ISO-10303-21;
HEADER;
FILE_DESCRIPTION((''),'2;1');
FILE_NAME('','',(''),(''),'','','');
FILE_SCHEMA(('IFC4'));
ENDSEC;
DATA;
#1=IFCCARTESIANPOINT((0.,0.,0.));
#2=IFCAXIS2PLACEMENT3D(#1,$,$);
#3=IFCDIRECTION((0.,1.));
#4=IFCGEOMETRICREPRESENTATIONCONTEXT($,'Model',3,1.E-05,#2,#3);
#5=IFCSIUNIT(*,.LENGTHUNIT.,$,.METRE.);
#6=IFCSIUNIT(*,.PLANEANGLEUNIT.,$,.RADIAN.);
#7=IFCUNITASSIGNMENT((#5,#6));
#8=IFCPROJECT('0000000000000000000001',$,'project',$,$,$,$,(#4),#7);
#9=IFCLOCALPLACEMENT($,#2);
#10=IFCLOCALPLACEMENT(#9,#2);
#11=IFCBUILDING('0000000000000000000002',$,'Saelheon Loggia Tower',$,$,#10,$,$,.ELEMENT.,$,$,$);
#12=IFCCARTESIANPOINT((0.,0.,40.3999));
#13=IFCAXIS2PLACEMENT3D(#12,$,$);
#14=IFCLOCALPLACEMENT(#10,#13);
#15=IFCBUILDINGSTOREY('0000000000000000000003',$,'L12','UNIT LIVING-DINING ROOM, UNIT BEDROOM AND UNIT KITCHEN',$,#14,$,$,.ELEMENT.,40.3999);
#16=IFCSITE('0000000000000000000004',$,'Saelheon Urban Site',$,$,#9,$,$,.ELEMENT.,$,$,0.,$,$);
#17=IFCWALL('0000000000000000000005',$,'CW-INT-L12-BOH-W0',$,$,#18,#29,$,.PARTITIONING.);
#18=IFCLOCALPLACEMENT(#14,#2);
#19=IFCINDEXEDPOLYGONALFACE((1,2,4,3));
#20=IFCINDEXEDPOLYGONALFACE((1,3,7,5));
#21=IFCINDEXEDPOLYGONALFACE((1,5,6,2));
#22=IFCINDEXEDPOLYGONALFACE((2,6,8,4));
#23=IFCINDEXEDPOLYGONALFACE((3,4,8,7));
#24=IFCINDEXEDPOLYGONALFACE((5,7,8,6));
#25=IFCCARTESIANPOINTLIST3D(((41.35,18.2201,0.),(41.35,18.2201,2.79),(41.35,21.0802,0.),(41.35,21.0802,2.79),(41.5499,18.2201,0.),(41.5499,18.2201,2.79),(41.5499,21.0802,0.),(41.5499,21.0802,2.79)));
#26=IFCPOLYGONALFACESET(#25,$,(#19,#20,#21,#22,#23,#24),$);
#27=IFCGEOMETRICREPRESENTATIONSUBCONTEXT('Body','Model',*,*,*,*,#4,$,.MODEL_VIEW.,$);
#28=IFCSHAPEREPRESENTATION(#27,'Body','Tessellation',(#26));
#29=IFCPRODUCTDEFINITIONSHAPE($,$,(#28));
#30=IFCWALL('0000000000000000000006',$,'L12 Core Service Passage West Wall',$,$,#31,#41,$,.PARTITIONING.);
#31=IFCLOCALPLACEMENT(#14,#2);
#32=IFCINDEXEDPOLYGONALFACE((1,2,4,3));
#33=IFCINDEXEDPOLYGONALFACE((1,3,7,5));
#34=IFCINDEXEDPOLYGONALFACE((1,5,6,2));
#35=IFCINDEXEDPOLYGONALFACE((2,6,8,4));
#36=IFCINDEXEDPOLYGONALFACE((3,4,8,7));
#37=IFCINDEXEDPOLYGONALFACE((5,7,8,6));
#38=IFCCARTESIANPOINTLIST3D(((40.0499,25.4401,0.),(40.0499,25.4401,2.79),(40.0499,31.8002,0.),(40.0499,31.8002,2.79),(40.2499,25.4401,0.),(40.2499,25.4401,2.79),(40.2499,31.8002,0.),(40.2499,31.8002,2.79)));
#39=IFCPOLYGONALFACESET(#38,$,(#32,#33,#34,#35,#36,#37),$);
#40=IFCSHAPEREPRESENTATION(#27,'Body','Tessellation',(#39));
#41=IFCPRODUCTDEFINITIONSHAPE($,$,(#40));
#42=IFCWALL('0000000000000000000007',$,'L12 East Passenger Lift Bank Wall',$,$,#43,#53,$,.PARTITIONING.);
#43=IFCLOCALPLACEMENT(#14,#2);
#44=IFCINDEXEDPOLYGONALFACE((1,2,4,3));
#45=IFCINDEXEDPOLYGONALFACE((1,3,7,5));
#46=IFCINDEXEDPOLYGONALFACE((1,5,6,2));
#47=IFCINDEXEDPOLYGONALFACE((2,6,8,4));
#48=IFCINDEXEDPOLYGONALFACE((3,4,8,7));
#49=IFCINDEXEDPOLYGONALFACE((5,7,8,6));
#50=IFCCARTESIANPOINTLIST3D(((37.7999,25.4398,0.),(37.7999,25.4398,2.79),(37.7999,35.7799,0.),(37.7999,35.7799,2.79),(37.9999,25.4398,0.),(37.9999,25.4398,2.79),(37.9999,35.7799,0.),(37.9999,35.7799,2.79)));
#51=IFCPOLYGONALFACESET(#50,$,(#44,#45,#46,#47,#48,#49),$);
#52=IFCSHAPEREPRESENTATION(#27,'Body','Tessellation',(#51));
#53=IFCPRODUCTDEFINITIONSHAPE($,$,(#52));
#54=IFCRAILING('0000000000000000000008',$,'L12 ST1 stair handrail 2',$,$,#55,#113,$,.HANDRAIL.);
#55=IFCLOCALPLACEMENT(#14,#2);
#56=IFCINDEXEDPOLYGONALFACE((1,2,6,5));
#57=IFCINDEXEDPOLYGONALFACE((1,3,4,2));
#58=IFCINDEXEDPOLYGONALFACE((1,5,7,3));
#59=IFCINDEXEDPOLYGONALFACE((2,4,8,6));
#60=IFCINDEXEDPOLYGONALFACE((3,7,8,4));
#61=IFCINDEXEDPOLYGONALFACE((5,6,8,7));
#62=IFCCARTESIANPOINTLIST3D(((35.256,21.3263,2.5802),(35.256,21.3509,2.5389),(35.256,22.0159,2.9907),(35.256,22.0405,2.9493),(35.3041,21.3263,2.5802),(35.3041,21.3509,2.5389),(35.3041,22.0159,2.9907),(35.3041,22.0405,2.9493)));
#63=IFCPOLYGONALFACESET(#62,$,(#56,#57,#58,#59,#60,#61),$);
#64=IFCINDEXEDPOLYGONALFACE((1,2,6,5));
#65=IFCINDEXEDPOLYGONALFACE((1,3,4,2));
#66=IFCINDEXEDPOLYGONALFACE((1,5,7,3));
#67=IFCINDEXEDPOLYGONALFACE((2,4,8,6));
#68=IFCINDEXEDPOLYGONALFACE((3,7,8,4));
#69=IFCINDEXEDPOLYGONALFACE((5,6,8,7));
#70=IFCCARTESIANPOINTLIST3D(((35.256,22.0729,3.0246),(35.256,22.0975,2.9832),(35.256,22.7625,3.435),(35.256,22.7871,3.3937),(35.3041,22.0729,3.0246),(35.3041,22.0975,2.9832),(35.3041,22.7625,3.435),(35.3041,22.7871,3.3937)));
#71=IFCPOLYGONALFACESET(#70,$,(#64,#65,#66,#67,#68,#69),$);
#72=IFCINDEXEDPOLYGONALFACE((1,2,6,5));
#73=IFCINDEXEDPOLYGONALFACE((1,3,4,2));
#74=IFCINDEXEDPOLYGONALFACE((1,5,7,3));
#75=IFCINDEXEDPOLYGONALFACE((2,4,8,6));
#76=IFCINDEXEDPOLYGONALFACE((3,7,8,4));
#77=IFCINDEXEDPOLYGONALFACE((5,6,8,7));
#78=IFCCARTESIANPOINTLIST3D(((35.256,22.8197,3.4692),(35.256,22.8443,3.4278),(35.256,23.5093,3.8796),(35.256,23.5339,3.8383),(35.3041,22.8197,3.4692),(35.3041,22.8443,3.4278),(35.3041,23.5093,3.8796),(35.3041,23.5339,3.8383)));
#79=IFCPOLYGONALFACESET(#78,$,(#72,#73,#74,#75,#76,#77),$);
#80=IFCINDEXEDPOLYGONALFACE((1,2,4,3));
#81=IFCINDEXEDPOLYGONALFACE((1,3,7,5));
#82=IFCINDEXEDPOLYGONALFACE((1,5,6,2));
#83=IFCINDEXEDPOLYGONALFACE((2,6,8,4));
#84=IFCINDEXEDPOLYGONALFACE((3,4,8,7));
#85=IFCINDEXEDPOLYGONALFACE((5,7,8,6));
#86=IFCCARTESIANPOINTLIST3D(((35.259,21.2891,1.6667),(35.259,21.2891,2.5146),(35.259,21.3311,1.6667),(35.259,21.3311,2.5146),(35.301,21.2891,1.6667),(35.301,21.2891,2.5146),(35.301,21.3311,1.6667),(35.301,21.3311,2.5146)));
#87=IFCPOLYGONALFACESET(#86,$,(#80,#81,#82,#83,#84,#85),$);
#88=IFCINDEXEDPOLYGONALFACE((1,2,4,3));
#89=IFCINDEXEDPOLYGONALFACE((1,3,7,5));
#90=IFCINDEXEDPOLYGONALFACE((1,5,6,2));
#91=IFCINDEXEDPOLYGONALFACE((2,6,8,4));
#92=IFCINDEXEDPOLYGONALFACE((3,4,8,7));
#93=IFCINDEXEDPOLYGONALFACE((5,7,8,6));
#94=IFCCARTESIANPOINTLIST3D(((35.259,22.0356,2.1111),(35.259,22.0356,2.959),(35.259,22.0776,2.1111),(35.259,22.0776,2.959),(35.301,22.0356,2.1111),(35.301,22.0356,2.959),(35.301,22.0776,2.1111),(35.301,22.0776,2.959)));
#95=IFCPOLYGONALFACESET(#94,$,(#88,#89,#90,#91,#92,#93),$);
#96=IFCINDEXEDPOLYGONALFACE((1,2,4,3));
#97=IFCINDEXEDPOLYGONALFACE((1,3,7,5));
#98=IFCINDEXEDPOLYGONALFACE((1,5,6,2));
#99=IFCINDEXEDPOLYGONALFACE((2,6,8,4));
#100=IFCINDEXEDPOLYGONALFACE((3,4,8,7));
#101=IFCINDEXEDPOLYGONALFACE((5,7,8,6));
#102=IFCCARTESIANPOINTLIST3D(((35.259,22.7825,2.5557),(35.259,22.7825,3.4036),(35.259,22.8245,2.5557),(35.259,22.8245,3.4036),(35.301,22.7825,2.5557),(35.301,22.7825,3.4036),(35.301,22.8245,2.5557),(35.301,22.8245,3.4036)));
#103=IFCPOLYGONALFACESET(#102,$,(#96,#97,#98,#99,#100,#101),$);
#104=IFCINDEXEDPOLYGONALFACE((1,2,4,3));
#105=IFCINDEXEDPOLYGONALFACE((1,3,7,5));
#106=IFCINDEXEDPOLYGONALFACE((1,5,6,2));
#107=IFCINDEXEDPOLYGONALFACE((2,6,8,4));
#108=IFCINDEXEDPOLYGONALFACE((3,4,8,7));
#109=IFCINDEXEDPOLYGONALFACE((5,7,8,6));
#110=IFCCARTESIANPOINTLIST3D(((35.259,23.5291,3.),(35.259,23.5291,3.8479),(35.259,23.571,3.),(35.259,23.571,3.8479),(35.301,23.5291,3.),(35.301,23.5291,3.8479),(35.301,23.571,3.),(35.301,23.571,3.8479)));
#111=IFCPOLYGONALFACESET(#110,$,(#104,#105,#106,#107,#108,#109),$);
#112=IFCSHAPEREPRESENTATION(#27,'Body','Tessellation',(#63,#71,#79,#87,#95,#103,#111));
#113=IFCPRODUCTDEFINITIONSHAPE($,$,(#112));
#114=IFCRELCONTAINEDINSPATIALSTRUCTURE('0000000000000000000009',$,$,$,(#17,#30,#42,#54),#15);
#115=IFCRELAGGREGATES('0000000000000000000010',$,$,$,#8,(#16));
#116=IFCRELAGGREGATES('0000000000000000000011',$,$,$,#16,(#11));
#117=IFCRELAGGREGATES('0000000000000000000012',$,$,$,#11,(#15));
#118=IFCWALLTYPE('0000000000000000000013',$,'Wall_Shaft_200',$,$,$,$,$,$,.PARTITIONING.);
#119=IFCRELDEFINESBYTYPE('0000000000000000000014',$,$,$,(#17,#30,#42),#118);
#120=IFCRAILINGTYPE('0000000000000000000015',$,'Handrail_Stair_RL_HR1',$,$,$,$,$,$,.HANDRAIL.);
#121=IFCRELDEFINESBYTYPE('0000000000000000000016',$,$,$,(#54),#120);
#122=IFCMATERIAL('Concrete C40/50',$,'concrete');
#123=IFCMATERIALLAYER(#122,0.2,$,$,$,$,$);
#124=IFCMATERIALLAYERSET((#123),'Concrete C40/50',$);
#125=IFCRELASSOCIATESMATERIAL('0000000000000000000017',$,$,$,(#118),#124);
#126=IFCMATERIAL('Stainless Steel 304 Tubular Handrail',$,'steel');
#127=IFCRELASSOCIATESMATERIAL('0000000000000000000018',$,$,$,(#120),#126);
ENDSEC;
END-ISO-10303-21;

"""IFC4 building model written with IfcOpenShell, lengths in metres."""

from ifc_helpers import new_model, si_unit, direction, frame, frame_2d, origin, origin_2d, place, context, subcontext, project, spatial, rectangle, extrude, material, layer, layer_set, type_object, element, save


model = new_model("IFC4")

# Units and contexts
model_context = context("Model", 3, precision=1e-05, world=origin(), true_north=direction((0.0, 1.0)))
body_context = subcontext(model_context, "Body", "Model", "MODEL_VIEW")
ifc_project = project(units=[si_unit("LENGTHUNIT", "METRE"), si_unit("PLANEANGLEUNIT", "RADIAN")], contexts=[model_context])

# Site, building, storey
site_placement = place(None, origin())
site = spatial("IfcSite", under=ifc_project, at=site_placement, Name="Saelheon Urban Site", CompositionType="ELEMENT", RefElevation=0.0)
building_placement = place(site_placement, origin())
building = spatial("IfcBuilding", under=site, at=building_placement, Name="Saelheon Loggia Tower", CompositionType="ELEMENT")
storey_placement = place(building_placement, frame((0.0, 0.0, 40.3999)))
storey = spatial("IfcBuildingStorey", under=building, at=storey_placement, Name="L12", Description="UNIT LIVING-DINING ROOM, UNIT BEDROOM AND UNIT KITCHEN", CompositionType="ELEMENT", Elevation=40.3999)

# Walls
ifc_material_1 = material(Name="Concrete C40/50", Category="concrete")
ifc_layer_1 = layer(ifc_material_1, 0.2)
ifc_layer_set_1 = layer_set([ifc_layer_1], Name="Concrete C40/50")
wall_type_1 = type_object("IfcWallType", Name="Wall_Shaft_200", PredefinedType="PARTITIONING", material=ifc_layer_set_1)
wall_1_placement = place(storey_placement, frame((41.45, 18.22, 0.0), z_axis=(0.0, 0.0, 1.0), x_axis=(0.0, 1.0, 0.0)))
element("IfcWall", 1, at=wall_1_placement, inside=storey, type_object=wall_type_1, Name="CW-INT-L12-BOH-W0", PredefinedType="PARTITIONING", context=body_context, shape_type="SweptSolid", body=[
    extrude(rectangle(XDim=2.8601, YDim=0.2, at=frame_2d((1.4302, 0.0))), origin(), (0.0, 0.0, 1.0), 2.79),
])
wall_2_placement = place(storey_placement, frame((40.1499, 25.4399, 0.0), z_axis=(0.0, 0.0, 1.0), x_axis=(0.0, 1.0, 0.0)))
element("IfcWall", 2, at=wall_2_placement, inside=storey, type_object=wall_type_1, Name="L12 Core Service Passage West Wall", PredefinedType="PARTITIONING", context=body_context, shape_type="SweptSolid", body=[
    extrude(rectangle(XDim=6.3601, YDim=0.2, at=frame_2d((3.1802, 0.0))), origin(), (0.0, 0.0, 1.0), 2.79),
])

# Wall
wall_3_placement = place(storey_placement, frame((37.8999, 25.4399, 0.0), z_axis=(0.0, 0.0, 1.0), x_axis=(0.0, 1.0, 0.0)))
element("IfcWall", 3, at=wall_3_placement, inside=storey, type_object=wall_type_1, Name="L12 East Passenger Lift Bank Wall", PredefinedType="PARTITIONING", context=body_context, shape_type="SweptSolid", body=[
    extrude(rectangle(XDim=10.3401, YDim=0.2, at=frame_2d((5.1699, 0.0))), origin(), (0.0, 0.0, 1.0), 2.79),
])

# Railing
ifc_material_2 = material(Name="Stainless Steel 304 Tubular Handrail", Category="steel")
railing_type = type_object("IfcRailingType", Name="Handrail_Stair_RL_HR1", PredefinedType="HANDRAIL", material=ifc_material_2)
railing_placement = place(storey_placement, frame((35.28, 21.3101, 1.6667)))
element("IfcRailing", 4, at=railing_placement, inside=storey, type_object=railing_type, Name="L12 ST1 stair handrail 2", PredefinedType="HANDRAIL", context=body_context, shape_type="SweptSolid", body=[
    extrude(rectangle(XDim=0.0481, YDim=0.0481, at=origin_2d()), frame((0.0, 0.0286, 0.8928), z_axis=(0.0, 0.859306, 0.511462), x_axis=(-1.0, 0.0, 0.0)), (0.0, 0.0, 1.0), 0.8025),
    extrude(rectangle(XDim=0.0481, YDim=0.0481, at=origin_2d()), frame((0.0, 0.7751, 1.3372), z_axis=(0.0, 0.859306, 0.511462), x_axis=(-1.0, 0.0, 0.0)), (0.0, 0.0, 1.0), 0.8025),
    extrude(rectangle(XDim=0.0481, YDim=0.0481, at=origin_2d()), frame((0.0, 1.522, 1.7817), z_axis=(0.0, 0.859306, 0.511462), x_axis=(-1.0, 0.0, 0.0)), (0.0, 0.0, 1.0), 0.8025),
    extrude(rectangle(XDim=0.042, YDim=0.042, at=origin_2d()), origin(), (0.0, 0.0, 1.0), 0.8479),
    extrude(rectangle(XDim=0.042, YDim=0.042, at=origin_2d()), frame((0.0, 0.7466, 0.4443)), (0.0, 0.0, 1.0), 0.8479),
    extrude(rectangle(XDim=0.042, YDim=0.042, at=origin_2d()), frame((0.0, 1.4934, 0.8889)), (0.0, 0.0, 1.0), 0.8479),
    extrude(rectangle(XDim=0.042, YDim=0.042, at=origin_2d()), frame((0.0, 2.24, 1.3333)), (0.0, 0.0, 1.0), 0.8479),
])

save(model, "model.ifc")
